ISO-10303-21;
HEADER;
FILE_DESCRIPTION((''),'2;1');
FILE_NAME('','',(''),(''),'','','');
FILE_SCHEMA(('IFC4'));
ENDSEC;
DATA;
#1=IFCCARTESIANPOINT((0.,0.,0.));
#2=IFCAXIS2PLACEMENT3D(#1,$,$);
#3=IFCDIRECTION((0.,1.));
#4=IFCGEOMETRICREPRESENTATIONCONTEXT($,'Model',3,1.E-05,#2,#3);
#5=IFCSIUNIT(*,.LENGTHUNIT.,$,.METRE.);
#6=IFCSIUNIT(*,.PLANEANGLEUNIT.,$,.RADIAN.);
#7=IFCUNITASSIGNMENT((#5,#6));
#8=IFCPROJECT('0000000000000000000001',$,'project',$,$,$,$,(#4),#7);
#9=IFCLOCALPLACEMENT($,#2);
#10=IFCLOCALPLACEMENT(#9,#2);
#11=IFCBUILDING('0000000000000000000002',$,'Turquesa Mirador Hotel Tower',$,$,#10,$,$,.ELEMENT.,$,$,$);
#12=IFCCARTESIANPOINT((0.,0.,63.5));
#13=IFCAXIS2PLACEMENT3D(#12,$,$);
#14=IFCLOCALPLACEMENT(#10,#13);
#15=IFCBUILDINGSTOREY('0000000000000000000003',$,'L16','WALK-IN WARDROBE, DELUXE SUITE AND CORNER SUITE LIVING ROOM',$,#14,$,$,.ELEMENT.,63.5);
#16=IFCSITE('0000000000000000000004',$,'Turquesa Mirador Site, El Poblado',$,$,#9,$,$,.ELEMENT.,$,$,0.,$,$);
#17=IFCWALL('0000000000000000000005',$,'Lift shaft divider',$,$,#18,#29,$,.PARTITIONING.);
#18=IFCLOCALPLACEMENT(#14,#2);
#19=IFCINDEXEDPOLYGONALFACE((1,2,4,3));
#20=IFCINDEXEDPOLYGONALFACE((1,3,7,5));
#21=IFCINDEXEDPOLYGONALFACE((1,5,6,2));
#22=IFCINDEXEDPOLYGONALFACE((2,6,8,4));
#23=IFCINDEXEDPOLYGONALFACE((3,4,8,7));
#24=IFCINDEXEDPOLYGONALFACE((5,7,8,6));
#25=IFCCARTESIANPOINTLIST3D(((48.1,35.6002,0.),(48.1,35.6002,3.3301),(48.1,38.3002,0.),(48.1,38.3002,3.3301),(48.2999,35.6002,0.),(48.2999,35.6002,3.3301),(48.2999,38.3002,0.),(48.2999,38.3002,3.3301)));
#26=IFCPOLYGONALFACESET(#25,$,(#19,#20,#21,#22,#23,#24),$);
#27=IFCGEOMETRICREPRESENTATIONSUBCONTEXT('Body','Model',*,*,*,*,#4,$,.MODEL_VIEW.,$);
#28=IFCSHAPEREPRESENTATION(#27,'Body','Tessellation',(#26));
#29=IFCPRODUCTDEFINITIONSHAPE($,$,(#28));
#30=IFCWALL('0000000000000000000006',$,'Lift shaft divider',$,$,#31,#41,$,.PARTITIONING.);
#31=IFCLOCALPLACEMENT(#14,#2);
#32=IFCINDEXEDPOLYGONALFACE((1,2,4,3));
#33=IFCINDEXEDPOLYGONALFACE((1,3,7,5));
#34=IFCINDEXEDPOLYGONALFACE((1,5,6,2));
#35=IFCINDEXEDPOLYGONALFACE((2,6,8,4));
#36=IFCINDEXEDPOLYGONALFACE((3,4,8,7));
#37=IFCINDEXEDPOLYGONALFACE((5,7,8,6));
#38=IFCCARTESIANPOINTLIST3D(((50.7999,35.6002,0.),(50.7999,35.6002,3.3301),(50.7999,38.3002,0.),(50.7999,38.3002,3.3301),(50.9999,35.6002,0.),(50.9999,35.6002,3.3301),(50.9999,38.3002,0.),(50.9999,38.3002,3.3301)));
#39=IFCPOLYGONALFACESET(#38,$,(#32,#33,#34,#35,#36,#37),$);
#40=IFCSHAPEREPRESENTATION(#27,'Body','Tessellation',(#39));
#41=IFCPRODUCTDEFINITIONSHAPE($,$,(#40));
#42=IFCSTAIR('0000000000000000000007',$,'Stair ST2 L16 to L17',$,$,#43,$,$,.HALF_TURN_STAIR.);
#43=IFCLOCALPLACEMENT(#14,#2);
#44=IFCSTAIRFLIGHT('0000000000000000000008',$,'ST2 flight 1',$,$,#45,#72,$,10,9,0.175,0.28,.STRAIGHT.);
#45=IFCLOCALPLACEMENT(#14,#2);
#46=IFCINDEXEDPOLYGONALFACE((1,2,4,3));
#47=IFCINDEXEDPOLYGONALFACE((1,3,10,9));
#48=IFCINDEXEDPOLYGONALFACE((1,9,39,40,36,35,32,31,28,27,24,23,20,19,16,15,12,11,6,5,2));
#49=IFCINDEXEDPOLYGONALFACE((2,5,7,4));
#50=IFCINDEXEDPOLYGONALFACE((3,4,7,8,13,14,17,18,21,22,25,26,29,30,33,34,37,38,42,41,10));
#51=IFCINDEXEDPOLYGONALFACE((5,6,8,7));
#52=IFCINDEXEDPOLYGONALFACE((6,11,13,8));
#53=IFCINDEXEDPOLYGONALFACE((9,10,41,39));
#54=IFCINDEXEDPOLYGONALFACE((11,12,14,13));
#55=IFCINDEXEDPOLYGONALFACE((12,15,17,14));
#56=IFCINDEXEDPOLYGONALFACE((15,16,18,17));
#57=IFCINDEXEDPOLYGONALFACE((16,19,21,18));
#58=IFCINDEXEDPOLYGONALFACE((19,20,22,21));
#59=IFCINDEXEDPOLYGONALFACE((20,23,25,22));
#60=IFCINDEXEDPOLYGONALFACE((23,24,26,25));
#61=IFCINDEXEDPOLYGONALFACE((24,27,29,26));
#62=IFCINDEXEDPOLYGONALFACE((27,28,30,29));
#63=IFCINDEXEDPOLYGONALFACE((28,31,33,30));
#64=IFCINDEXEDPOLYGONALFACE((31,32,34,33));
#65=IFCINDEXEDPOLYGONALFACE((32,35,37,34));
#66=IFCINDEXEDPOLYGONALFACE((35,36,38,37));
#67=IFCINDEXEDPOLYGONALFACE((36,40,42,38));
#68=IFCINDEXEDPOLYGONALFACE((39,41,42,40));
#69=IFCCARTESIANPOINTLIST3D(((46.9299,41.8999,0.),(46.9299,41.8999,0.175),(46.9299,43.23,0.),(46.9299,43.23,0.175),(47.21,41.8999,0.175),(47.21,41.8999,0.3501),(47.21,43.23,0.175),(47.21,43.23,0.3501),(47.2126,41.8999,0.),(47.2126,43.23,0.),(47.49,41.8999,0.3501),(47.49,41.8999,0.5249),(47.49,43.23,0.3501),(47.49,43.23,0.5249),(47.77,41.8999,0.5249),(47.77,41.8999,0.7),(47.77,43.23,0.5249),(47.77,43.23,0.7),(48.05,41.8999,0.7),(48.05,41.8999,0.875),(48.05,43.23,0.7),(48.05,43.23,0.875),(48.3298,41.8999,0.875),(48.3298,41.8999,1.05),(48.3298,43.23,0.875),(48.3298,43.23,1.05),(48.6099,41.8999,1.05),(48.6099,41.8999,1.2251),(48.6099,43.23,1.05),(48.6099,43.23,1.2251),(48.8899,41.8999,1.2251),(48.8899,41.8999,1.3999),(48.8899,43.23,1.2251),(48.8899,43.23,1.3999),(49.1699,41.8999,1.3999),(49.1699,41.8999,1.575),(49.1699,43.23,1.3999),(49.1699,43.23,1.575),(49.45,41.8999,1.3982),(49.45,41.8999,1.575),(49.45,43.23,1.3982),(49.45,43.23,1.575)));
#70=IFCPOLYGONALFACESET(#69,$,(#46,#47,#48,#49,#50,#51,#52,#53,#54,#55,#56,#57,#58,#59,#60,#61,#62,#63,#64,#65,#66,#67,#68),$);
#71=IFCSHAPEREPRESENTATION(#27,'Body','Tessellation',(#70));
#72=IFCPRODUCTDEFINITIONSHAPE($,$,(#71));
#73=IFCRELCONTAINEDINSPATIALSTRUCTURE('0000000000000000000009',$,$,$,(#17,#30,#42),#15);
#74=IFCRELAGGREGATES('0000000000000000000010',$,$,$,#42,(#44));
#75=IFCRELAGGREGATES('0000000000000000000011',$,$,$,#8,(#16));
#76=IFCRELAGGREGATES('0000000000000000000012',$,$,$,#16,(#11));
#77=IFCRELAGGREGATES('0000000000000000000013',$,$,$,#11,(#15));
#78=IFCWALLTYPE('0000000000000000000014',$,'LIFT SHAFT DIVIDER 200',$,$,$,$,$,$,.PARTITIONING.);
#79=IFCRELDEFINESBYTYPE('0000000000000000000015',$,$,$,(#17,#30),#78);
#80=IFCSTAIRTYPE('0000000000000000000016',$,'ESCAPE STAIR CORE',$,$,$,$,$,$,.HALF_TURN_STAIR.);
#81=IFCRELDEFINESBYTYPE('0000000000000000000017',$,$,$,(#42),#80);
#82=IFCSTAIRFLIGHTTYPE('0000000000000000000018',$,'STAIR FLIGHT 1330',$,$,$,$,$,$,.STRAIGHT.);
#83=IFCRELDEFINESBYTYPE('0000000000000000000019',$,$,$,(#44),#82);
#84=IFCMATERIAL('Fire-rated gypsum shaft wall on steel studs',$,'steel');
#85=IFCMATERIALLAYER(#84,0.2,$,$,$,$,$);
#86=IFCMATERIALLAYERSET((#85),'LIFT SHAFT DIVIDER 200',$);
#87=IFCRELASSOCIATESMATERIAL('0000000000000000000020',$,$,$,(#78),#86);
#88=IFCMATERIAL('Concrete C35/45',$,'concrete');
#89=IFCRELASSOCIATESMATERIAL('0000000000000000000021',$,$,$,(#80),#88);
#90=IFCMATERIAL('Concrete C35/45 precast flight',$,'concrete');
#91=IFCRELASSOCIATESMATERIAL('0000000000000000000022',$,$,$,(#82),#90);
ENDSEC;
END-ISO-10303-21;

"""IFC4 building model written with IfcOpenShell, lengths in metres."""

from ifc_helpers import new_model, si_unit, direction, frame, frame_2d, origin, place, context, subcontext, project, spatial, polyline, rectangle, outline, extrude, material, layer, layer_set, type_object, element, aggregate, save


model = new_model("IFC4")

# Units and contexts
model_context = context("Model", 3, precision=1e-05, world=origin(), true_north=direction((0.0, 1.0)))
body_context = subcontext(model_context, "Body", "Model", "MODEL_VIEW")
ifc_project = project(units=[si_unit("LENGTHUNIT", "METRE"), si_unit("PLANEANGLEUNIT", "RADIAN")], contexts=[model_context])

# Site, building, storey
site_placement = place(None, origin())
site = spatial("IfcSite", under=ifc_project, at=site_placement, Name="Turquesa Mirador Site, El Poblado", CompositionType="ELEMENT", RefElevation=0.0)
building_placement = place(site_placement, origin())
building = spatial("IfcBuilding", under=site, at=building_placement, Name="Turquesa Mirador Hotel Tower", CompositionType="ELEMENT")
storey_placement = place(building_placement, frame((0.0, 0.0, 63.5)))
storey = spatial("IfcBuildingStorey", under=building, at=storey_placement, Name="L16", Description="WALK-IN WARDROBE, DELUXE SUITE AND CORNER SUITE LIVING ROOM", CompositionType="ELEMENT", Elevation=63.5)

# Walls
ifc_material_1 = material(Name="Fire-rated gypsum shaft wall on steel studs", Category="steel")
ifc_layer_1 = layer(ifc_material_1, 0.2)
ifc_layer_set_1 = layer_set([ifc_layer_1], Name="LIFT SHAFT DIVIDER 200")
wall_type_1 = type_object("IfcWallType", Name="LIFT SHAFT DIVIDER 200", PredefinedType="PARTITIONING", material=ifc_layer_set_1)
for number, where, z_axis, x_axis, name in (
    (1, (48.2, 35.6001, 0.0), (0.0, 0.0, 1.0), (0.0, 1.0, 0.0), "Lift shaft divider"),
    (2, (50.8999, 35.6001, 0.0), (0.0, 0.0, 1.0), (0.0, 1.0, 0.0), "Lift shaft divider"),
):
    element("IfcWall", number, at=place(storey_placement, frame(where, z_axis=z_axis, x_axis=x_axis)), inside=storey, type_object=wall_type_1, Name=name, PredefinedType="PARTITIONING", context=body_context, shape_type="SweptSolid", body=[
        extrude(rectangle(XDim=2.7, YDim=0.2, at=frame_2d((1.3501, 0.0))), origin(), (0.0, 0.0, 1.0), 3.3301),
    ])

# Stair, stair flight
ifc_material_2 = material(Name="Concrete C35/45", Category="concrete")
stair_type = type_object("IfcStairType", Name="ESCAPE STAIR CORE", PredefinedType="HALF_TURN_STAIR", material=ifc_material_2)
stair_placement = place(storey_placement, origin())
stair = element("IfcStair", 3, at=stair_placement, inside=storey, type_object=stair_type, Name="Stair ST2 L16 to L17", PredefinedType="HALF_TURN_STAIR")
ifc_material_3 = material(Name="Concrete C35/45 precast flight", Category="concrete")
stair_flight_type = type_object("IfcStairFlightType", Name="STAIR FLIGHT 1330", PredefinedType="STRAIGHT", material=ifc_material_3)
stair_flight_placement = place(storey_placement, frame((46.9299, 42.5649, 0.0), z_axis=(0.0, 0.0, 1.0), x_axis=(1.0, 0.0, 0.0)))
stair_flight = element("IfcStairFlight", 4, at=stair_flight_placement, type_object=stair_flight_type, Name="ST2 flight 1", NumberOfRisers=10, NumberOfTreads=9, PredefinedType="STRAIGHT", RiserHeight=0.175, TreadLength=0.28, context=body_context, shape_type="SweptSolid", body=[
    extrude(outline(polyline([(0.0, 0.0), (0.0, 0.175), (0.28, 0.175), (0.28, 0.3501), (0.5601, 0.3501), (0.5601, 0.5249), (0.8401, 0.5249), (0.8401, 0.7), (1.1201, 0.7), (1.1201, 0.875), (1.3999, 0.875), (1.3999, 1.05), (1.6799, 1.05), (1.6799, 1.2251), (1.96, 1.2251), (1.96, 1.3999), (2.24, 1.3999), (2.24, 1.575), (2.52, 1.575), (2.52, 1.75), (2.52, 1.3982), (0.2827, 0.0), (0.0, 0.0)])), frame((0.0, 0.665, 0.0), z_axis=(0.0, -1.0, 0.0), x_axis=(1.0, 0.0, 0.0)), (0.0, 0.0, 1.0), 1.3301),
])
aggregate(stair, [stair_flight])

save(model, "model.ifc")
